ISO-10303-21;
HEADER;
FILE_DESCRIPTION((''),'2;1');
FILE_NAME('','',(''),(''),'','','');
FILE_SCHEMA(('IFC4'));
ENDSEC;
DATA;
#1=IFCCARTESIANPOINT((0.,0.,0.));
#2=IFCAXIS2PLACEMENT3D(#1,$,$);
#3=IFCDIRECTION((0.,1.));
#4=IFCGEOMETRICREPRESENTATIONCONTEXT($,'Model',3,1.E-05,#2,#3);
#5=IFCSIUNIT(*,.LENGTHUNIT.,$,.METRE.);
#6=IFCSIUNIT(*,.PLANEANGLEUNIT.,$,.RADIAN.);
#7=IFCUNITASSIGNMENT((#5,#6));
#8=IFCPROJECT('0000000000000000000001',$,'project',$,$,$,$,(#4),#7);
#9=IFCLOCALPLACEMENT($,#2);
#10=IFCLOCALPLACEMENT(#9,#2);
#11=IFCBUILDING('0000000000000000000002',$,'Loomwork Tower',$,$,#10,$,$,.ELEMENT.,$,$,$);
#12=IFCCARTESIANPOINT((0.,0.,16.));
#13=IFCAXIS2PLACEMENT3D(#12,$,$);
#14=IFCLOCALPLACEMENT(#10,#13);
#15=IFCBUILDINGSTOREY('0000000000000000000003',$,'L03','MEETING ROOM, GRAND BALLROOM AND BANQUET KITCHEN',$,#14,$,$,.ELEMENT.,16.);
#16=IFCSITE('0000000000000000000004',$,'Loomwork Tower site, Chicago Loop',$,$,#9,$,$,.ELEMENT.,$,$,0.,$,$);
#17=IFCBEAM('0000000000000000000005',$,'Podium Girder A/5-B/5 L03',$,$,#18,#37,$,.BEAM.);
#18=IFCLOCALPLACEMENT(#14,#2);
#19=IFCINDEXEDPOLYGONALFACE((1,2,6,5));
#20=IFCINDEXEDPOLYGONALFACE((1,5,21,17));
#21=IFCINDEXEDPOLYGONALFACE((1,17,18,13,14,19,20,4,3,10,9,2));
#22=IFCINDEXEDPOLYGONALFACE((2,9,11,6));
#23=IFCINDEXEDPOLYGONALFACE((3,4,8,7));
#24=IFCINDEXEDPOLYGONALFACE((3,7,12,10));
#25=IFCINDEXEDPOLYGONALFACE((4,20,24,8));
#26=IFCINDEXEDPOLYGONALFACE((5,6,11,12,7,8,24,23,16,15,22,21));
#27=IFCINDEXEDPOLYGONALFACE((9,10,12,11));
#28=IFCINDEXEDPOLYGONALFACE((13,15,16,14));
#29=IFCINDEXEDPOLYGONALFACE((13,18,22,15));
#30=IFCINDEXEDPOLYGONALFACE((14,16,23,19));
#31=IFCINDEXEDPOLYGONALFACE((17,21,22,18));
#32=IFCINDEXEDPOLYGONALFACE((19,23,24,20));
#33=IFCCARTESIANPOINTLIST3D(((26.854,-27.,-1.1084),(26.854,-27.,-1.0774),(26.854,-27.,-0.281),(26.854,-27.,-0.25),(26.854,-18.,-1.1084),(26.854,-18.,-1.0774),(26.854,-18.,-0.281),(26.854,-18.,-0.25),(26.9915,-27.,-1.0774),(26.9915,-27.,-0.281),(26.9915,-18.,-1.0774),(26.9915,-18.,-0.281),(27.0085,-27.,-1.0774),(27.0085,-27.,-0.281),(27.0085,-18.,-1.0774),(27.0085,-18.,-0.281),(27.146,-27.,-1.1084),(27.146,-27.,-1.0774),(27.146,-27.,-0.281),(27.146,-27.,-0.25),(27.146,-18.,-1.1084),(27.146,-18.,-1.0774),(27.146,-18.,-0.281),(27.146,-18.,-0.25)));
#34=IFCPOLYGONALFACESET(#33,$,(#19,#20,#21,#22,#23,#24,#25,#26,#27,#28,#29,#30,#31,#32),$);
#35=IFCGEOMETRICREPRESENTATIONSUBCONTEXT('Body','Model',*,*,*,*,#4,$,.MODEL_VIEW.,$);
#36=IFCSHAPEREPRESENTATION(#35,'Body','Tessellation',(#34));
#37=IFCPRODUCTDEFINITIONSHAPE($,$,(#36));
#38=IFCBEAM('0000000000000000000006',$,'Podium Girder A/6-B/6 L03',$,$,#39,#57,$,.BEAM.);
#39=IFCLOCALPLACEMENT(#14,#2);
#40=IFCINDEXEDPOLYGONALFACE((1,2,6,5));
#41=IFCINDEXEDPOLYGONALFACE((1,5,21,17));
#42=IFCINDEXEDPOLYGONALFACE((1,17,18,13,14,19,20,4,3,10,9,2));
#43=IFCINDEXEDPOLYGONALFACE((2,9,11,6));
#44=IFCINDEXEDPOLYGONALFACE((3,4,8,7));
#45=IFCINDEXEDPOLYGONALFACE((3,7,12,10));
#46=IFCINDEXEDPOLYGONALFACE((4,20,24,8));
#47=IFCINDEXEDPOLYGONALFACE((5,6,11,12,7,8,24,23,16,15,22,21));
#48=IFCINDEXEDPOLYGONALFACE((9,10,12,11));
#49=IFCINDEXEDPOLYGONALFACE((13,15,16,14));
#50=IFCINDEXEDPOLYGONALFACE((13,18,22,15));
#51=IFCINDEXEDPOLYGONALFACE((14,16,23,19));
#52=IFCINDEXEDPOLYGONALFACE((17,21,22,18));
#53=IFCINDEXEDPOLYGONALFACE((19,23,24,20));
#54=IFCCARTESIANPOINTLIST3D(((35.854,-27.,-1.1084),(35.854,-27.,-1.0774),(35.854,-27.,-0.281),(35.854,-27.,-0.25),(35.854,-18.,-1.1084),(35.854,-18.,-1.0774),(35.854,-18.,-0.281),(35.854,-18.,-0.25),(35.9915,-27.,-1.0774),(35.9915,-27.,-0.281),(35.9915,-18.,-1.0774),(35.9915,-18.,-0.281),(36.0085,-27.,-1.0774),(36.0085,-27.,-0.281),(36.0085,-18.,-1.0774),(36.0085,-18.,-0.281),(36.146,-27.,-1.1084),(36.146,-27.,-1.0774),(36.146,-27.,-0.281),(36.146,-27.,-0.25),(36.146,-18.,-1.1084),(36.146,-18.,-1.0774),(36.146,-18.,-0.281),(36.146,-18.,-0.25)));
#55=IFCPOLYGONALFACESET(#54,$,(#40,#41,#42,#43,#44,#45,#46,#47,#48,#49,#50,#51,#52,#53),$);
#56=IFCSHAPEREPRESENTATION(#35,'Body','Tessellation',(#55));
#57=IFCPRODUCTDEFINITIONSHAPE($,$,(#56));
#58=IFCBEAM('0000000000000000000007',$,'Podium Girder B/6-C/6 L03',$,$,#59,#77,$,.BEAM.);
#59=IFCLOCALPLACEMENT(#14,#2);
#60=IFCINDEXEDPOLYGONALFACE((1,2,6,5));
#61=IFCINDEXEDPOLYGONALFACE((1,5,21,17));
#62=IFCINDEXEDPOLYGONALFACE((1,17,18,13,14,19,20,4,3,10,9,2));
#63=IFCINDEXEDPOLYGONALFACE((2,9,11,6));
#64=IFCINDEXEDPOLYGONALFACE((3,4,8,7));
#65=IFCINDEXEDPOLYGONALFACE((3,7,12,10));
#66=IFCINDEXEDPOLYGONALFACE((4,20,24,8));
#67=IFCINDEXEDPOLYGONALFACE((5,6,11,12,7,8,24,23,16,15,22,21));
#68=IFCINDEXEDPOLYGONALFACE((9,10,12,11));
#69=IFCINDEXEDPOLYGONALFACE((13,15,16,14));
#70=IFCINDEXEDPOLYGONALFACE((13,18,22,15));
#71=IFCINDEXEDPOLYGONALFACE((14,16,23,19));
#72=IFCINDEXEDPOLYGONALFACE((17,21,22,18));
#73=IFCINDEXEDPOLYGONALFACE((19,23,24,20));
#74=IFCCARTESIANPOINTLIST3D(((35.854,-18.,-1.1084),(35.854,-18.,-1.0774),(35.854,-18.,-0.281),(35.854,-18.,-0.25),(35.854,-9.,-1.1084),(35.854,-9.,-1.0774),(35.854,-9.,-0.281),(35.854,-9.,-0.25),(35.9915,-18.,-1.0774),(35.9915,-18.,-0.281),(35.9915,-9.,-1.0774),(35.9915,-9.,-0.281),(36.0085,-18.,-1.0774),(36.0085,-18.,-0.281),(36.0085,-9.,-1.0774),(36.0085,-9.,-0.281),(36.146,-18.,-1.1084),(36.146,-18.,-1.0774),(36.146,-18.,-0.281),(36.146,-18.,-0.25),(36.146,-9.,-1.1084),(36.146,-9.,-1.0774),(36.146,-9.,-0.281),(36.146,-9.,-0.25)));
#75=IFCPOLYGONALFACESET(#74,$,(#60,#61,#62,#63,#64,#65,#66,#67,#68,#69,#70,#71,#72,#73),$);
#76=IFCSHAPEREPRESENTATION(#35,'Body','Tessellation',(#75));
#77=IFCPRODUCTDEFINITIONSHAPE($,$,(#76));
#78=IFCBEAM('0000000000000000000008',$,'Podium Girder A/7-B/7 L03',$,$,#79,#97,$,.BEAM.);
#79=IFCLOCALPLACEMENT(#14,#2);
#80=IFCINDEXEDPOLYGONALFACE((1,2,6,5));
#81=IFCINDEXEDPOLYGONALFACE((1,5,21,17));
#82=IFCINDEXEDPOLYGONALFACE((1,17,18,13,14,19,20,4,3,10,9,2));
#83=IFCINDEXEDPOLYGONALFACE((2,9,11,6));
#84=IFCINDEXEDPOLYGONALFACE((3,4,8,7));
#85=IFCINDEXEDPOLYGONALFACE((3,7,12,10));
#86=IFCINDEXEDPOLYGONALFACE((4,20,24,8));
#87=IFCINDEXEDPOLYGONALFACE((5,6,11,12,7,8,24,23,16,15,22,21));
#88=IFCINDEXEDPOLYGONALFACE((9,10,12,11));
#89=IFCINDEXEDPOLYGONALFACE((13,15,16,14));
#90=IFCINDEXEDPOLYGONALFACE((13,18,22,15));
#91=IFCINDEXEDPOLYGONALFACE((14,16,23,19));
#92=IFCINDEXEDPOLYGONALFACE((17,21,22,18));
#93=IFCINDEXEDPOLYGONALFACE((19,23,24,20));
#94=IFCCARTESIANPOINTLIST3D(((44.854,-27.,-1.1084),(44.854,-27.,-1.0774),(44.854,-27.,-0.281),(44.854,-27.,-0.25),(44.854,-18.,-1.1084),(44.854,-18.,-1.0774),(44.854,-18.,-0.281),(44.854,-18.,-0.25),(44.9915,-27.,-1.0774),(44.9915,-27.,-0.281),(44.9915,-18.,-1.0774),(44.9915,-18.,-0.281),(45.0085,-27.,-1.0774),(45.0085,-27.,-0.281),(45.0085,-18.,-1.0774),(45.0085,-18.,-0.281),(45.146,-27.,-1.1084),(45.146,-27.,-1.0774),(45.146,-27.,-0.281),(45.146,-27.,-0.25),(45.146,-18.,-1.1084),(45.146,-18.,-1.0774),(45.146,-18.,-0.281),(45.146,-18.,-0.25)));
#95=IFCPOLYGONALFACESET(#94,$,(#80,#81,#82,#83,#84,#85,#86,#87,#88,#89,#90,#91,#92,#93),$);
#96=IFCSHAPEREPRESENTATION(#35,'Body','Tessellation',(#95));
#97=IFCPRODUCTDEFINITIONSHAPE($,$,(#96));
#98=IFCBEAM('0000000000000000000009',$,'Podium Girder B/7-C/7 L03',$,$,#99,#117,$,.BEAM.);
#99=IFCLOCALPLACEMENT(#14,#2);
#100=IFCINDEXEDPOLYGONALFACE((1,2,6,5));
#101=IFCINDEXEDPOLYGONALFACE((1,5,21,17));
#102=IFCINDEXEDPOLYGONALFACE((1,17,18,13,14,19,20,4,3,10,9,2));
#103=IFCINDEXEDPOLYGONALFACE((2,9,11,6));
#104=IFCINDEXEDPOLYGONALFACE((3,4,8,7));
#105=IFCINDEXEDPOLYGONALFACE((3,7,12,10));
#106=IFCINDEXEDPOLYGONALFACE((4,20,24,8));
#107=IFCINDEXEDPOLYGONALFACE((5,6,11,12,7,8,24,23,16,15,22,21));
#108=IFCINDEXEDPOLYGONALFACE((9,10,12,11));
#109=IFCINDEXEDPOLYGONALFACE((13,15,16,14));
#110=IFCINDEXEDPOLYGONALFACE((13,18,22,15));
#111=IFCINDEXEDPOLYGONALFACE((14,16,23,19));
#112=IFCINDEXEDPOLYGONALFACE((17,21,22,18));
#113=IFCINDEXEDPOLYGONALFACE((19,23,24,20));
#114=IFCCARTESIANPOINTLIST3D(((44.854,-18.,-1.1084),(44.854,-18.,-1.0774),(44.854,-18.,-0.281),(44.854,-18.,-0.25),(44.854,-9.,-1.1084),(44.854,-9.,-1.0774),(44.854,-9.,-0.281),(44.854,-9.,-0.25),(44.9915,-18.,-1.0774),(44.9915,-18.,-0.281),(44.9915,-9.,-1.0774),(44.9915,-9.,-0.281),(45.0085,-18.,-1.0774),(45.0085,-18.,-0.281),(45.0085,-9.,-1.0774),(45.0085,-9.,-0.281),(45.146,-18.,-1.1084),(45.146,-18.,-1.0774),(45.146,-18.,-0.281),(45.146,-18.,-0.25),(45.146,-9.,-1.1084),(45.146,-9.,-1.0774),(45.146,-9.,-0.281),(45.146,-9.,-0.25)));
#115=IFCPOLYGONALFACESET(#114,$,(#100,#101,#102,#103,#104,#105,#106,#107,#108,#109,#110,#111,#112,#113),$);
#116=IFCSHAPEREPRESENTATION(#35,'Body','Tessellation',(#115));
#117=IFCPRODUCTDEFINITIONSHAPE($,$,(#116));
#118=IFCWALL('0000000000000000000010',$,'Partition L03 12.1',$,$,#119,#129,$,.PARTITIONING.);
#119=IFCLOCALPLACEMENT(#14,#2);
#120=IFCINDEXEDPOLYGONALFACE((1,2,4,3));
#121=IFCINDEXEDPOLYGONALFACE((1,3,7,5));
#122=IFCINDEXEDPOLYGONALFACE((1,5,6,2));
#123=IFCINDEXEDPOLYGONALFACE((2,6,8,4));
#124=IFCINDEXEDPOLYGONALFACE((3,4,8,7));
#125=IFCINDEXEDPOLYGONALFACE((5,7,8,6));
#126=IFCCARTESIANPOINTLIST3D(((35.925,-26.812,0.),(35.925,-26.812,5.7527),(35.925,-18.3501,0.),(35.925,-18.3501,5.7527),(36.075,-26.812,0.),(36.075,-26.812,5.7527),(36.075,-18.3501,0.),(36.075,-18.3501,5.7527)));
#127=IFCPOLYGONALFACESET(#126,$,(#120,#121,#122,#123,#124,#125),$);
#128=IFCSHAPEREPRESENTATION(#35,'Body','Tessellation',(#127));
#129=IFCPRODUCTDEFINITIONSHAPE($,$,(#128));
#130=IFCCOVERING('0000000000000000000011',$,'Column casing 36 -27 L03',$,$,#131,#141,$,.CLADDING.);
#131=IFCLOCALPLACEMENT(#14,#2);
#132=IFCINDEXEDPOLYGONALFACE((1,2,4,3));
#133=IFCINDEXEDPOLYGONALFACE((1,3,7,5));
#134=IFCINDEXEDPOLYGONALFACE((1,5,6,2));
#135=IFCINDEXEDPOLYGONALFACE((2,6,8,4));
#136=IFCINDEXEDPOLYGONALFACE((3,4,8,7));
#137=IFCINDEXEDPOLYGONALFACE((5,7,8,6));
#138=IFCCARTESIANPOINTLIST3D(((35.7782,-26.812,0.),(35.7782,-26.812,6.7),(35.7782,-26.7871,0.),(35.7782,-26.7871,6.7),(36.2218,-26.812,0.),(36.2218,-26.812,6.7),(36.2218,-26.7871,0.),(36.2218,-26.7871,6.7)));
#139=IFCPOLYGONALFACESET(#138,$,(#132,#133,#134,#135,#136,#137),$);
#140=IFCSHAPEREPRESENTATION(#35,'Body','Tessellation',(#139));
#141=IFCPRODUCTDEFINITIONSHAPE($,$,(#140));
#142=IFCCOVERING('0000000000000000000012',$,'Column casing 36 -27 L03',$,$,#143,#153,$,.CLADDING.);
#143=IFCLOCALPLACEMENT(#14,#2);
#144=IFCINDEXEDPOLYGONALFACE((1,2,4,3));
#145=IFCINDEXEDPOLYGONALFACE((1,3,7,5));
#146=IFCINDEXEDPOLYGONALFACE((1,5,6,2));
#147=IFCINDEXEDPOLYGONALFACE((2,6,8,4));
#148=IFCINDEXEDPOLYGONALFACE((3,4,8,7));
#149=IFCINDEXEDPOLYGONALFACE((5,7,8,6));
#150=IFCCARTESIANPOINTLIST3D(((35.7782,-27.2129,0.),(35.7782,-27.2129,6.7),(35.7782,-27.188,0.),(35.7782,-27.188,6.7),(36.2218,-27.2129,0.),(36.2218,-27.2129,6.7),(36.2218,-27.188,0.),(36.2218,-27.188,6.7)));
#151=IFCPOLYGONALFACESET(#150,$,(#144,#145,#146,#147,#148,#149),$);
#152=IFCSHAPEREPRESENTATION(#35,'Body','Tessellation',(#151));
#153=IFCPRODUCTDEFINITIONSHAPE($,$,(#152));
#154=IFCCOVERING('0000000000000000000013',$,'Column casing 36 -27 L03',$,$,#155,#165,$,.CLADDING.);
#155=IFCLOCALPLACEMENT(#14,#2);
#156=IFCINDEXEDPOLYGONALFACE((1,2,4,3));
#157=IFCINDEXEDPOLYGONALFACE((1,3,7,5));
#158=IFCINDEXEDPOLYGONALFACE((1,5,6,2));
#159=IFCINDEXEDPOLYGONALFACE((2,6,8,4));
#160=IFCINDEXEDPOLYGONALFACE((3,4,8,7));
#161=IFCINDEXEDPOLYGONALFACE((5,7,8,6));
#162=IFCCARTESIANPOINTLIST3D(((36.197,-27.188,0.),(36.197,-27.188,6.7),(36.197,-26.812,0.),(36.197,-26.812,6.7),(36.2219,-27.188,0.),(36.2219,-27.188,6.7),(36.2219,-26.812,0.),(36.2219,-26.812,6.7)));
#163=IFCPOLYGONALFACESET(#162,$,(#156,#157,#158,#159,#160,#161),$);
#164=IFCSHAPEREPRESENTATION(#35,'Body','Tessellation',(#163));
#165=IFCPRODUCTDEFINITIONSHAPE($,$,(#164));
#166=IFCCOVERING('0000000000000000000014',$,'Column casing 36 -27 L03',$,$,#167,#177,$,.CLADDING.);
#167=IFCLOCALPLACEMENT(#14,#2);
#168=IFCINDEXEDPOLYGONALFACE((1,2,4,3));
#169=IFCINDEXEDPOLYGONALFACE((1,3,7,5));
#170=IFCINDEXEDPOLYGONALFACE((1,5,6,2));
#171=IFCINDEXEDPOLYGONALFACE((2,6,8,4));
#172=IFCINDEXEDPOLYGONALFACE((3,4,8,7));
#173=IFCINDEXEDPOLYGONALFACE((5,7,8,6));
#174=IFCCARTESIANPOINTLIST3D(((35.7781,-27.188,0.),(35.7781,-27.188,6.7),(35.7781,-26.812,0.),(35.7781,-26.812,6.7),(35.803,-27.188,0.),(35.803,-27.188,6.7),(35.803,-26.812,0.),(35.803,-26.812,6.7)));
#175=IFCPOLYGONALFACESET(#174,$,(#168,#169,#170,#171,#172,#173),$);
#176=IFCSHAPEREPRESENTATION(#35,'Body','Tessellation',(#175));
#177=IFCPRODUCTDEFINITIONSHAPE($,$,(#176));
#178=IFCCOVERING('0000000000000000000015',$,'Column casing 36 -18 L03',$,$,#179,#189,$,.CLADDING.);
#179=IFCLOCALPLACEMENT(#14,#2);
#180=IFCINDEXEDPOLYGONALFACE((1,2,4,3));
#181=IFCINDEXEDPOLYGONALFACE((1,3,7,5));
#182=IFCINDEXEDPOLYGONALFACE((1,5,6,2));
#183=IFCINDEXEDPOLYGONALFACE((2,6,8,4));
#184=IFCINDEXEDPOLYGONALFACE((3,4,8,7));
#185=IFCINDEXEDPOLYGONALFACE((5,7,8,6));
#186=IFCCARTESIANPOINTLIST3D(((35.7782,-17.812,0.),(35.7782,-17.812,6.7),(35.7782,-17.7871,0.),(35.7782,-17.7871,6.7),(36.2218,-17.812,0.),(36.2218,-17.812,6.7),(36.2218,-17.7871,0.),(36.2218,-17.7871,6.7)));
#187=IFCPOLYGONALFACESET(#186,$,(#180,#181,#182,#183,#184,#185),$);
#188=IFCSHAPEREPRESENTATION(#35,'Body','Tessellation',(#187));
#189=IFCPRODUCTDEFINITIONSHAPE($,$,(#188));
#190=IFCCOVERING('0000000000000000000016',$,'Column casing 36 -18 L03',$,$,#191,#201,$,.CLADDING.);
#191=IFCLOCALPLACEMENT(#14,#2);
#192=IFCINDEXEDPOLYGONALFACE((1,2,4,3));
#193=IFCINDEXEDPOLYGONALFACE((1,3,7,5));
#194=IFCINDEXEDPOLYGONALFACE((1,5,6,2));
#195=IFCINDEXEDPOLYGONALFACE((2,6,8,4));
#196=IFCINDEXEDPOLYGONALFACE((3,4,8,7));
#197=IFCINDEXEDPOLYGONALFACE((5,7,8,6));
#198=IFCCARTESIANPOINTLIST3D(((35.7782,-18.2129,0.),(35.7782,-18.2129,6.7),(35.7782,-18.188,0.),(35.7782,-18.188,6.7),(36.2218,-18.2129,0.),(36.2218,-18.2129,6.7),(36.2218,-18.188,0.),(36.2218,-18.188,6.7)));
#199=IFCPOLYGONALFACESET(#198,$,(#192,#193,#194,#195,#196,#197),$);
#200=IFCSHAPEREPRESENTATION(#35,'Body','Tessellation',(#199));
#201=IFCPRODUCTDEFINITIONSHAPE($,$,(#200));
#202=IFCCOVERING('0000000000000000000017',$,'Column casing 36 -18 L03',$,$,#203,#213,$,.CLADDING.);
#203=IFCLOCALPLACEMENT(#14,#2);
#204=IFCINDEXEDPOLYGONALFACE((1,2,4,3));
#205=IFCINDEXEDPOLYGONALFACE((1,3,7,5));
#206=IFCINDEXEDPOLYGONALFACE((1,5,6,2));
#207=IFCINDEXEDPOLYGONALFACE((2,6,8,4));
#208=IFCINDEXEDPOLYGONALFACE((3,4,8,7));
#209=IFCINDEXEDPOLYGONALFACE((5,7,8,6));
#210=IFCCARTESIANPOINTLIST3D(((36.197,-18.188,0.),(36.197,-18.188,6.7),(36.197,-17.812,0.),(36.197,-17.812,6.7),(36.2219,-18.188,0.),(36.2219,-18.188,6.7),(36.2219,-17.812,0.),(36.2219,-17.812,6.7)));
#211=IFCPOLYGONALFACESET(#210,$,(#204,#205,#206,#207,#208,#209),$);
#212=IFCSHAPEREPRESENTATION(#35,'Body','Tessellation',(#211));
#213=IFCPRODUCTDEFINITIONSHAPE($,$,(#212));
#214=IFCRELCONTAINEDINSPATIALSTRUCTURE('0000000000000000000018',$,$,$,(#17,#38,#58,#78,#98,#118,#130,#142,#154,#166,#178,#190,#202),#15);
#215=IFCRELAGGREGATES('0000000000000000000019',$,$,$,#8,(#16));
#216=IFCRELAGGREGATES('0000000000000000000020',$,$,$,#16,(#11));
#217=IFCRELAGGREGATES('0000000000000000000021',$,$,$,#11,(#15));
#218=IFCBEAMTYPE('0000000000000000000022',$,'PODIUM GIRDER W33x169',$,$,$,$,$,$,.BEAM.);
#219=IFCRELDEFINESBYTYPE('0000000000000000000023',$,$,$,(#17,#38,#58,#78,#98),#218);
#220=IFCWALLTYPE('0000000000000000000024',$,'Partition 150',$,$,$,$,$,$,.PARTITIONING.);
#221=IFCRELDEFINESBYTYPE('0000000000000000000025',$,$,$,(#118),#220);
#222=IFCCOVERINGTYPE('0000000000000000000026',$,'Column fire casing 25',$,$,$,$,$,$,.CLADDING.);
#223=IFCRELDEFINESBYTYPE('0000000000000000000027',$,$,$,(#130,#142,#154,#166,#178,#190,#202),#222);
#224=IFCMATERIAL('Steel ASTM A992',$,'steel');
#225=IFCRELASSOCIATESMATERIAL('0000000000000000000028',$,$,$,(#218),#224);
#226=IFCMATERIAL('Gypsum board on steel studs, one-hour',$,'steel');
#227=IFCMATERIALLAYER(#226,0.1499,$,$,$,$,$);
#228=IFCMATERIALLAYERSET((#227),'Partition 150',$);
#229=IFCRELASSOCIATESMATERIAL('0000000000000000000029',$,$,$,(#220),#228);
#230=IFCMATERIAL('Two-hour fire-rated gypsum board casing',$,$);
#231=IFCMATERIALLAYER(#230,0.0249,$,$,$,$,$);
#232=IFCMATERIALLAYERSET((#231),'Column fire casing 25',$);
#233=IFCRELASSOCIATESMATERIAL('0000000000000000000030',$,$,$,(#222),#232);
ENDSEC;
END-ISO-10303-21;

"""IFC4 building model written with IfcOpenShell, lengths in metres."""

from ifc_helpers import new_model, si_unit, direction, frame, frame_2d, origin, origin_2d, place, context, subcontext, project, spatial, rectangle, i_section, extrude, material, layer, layer_set, material_profile, profile_set, type_object, element, save


model = new_model("IFC4")

# Units and contexts
model_context = context("Model", 3, precision=1e-05, world=origin(), true_north=direction((0.0, 1.0)))
body_context = subcontext(model_context, "Body", "Model", "MODEL_VIEW")
ifc_project = project(units=[si_unit("LENGTHUNIT", "METRE"), si_unit("PLANEANGLEUNIT", "RADIAN")], contexts=[model_context])

# Site, building, storey
site_placement = place(None, origin())
site = spatial("IfcSite", under=ifc_project, at=site_placement, Name="Loomwork Tower site, Chicago Loop", CompositionType="ELEMENT", RefElevation=0.0)
building_placement = place(site_placement, origin())
building = spatial("IfcBuilding", under=site, at=building_placement, Name="Loomwork Tower", CompositionType="ELEMENT")
storey_placement = place(building_placement, frame((0.0, 0.0, 16.0)))
storey = spatial("IfcBuildingStorey", under=building, at=storey_placement, Name="L03", Description="MEETING ROOM, GRAND BALLROOM AND BANQUET KITCHEN", CompositionType="ELEMENT", Elevation=16.0)

# Beams
ifc_material_1 = material(Name="Steel ASTM A992", Category="steel")
ifc_material_profile_1 = material_profile(ifc_material_1, i_section(OverallWidth=0.292, OverallDepth=0.8584, WebThickness=0.0171, FlangeThickness=0.031, at=origin_2d()), Name="W33x169")
ifc_profile_set_1 = profile_set([ifc_material_profile_1], Name="Steel ASTM A992")
beam_type_1 = type_object("IfcBeamType", Name="PODIUM GIRDER W33x169", PredefinedType="BEAM", material=ifc_profile_set_1)
for number, where, z_axis, x_axis, name in (
    (1, (27.0, -27.0, -0.6792), (0.0, 1.0, 0.0), (-1.0, 0.0, 0.0), "Podium Girder A/5-B/5 L03"),
    (2, (36.0, -27.0, -0.6792), (0.0, 1.0, 0.0), (-1.0, 0.0, 0.0), "Podium Girder A/6-B/6 L03"),
    (3, (36.0, -18.0, -0.6792), (0.0, 1.0, 0.0), (-1.0, 0.0, 0.0), "Podium Girder B/6-C/6 L03"),
    (4, (45.0, -27.0, -0.6792), (0.0, 1.0, 0.0), (-1.0, 0.0, 0.0), "Podium Girder A/7-B/7 L03"),
    (5, (45.0, -18.0, -0.6792), (0.0, 1.0, 0.0), (-1.0, 0.0, 0.0), "Podium Girder B/7-C/7 L03"),
):
    element("IfcBeam", number, at=place(storey_placement, frame(where, z_axis=z_axis, x_axis=x_axis)), inside=storey, type_object=beam_type_1, Name=name, PredefinedType="BEAM", context=body_context, shape_type="SweptSolid", body=[
        extrude(i_section(OverallWidth=0.292, OverallDepth=0.8584, WebThickness=0.0171, FlangeThickness=0.031, at=origin_2d()), origin(), (0.0, 0.0, 1.0), 9.0),
    ])

# Wall
ifc_material_2 = material(Name="Gypsum board on steel studs, one-hour", Category="steel")
ifc_layer_1 = layer(ifc_material_2, 0.1499)
ifc_layer_set_1 = layer_set([ifc_layer_1], Name="Partition 150")
wall_type = type_object("IfcWallType", Name="Partition 150", PredefinedType="PARTITIONING", material=ifc_layer_set_1)
wall_placement = place(storey_placement, frame((36.0, -26.812, 0.0), z_axis=(0.0, 0.0, 1.0), x_axis=(0.0, 1.0, 0.0)))
element("IfcWall", 6, at=wall_placement, inside=storey, type_object=wall_type, Name="Partition L03 12.1", PredefinedType="PARTITIONING", context=body_context, shape_type="SweptSolid", body=[
    extrude(rectangle(XDim=8.4619, YDim=0.1499, at=frame_2d((4.231, 0.0))), origin(), (0.0, 0.0, 1.0), 5.7527),
])

# Coverings
ifc_material_3 = material(Name="Two-hour fire-rated gypsum board casing")
ifc_layer_2 = layer(ifc_material_3, 0.0249)
ifc_layer_set_2 = layer_set([ifc_layer_2], Name="Column fire casing 25")
covering_type = type_object("IfcCoveringType", Name="Column fire casing 25", PredefinedType="CLADDING", material=ifc_layer_set_2)
for number, where, z_axis, x_axis, name in (
    (7, (36.0, -26.7996, 0.0), (0.0, 0.0, 1.0), (1.0, 0.0, 0.0), "Column casing 36 -27 L03"),
    (8, (36.0, -27.2004, 0.0), (0.0, 0.0, 1.0), (1.0, 0.0, 0.0), "Column casing 36 -27 L03"),
):
    element("IfcCovering", number, at=place(storey_placement, frame(where, z_axis=z_axis, x_axis=x_axis)), inside=storey, type_object=covering_type, Name=name, PredefinedType="CLADDING", context=body_context, shape_type="SweptSolid", body=[
        extrude(rectangle(XDim=0.4436, YDim=0.0249, at=origin_2d()), origin(), (0.0, 0.0, 1.0), 6.7),
    ])
for number, where, z_axis, x_axis, name in (
    (9, (36.2095, -27.0, 0.0), (0.0, 0.0, 1.0), (1.0, 0.0, 0.0), "Column casing 36 -27 L03"),
    (10, (35.7905, -27.0, 0.0), (0.0, 0.0, 1.0), (1.0, 0.0, 0.0), "Column casing 36 -27 L03"),
):
    element("IfcCovering", number, at=place(storey_placement, frame(where, z_axis=z_axis, x_axis=x_axis)), inside=storey, type_object=covering_type, Name=name, PredefinedType="CLADDING", context=body_context, shape_type="SweptSolid", body=[
        extrude(rectangle(XDim=0.0249, YDim=0.376, at=origin_2d()), origin(), (0.0, 0.0, 1.0), 6.7),
    ])
for number, where, z_axis, x_axis, name in (
    (11, (36.0, -17.7996, 0.0), (0.0, 0.0, 1.0), (1.0, 0.0, 0.0), "Column casing 36 -18 L03"),
    (12, (36.0, -18.2004, 0.0), (0.0, 0.0, 1.0), (1.0, 0.0, 0.0), "Column casing 36 -18 L03"),
):
    element("IfcCovering", number, at=place(storey_placement, frame(where, z_axis=z_axis, x_axis=x_axis)), inside=storey, type_object=covering_type, Name=name, PredefinedType="CLADDING", context=body_context, shape_type="SweptSolid", body=[
        extrude(rectangle(XDim=0.4436, YDim=0.0249, at=origin_2d()), origin(), (0.0, 0.0, 1.0), 6.7),
    ])
for number, where, z_axis, x_axis, name in (
    (13, (36.2095, -18.0, 0.0), (0.0, 0.0, 1.0), (1.0, 0.0, 0.0), "Column casing 36 -18 L03"),
):
    element("IfcCovering", number, at=place(storey_placement, frame(where, z_axis=z_axis, x_axis=x_axis)), inside=storey, type_object=covering_type, Name=name, PredefinedType="CLADDING", context=body_context, shape_type="SweptSolid", body=[
        extrude(rectangle(XDim=0.0249, YDim=0.376, at=origin_2d()), origin(), (0.0, 0.0, 1.0), 6.7),
    ])

save(model, "model.ifc")
